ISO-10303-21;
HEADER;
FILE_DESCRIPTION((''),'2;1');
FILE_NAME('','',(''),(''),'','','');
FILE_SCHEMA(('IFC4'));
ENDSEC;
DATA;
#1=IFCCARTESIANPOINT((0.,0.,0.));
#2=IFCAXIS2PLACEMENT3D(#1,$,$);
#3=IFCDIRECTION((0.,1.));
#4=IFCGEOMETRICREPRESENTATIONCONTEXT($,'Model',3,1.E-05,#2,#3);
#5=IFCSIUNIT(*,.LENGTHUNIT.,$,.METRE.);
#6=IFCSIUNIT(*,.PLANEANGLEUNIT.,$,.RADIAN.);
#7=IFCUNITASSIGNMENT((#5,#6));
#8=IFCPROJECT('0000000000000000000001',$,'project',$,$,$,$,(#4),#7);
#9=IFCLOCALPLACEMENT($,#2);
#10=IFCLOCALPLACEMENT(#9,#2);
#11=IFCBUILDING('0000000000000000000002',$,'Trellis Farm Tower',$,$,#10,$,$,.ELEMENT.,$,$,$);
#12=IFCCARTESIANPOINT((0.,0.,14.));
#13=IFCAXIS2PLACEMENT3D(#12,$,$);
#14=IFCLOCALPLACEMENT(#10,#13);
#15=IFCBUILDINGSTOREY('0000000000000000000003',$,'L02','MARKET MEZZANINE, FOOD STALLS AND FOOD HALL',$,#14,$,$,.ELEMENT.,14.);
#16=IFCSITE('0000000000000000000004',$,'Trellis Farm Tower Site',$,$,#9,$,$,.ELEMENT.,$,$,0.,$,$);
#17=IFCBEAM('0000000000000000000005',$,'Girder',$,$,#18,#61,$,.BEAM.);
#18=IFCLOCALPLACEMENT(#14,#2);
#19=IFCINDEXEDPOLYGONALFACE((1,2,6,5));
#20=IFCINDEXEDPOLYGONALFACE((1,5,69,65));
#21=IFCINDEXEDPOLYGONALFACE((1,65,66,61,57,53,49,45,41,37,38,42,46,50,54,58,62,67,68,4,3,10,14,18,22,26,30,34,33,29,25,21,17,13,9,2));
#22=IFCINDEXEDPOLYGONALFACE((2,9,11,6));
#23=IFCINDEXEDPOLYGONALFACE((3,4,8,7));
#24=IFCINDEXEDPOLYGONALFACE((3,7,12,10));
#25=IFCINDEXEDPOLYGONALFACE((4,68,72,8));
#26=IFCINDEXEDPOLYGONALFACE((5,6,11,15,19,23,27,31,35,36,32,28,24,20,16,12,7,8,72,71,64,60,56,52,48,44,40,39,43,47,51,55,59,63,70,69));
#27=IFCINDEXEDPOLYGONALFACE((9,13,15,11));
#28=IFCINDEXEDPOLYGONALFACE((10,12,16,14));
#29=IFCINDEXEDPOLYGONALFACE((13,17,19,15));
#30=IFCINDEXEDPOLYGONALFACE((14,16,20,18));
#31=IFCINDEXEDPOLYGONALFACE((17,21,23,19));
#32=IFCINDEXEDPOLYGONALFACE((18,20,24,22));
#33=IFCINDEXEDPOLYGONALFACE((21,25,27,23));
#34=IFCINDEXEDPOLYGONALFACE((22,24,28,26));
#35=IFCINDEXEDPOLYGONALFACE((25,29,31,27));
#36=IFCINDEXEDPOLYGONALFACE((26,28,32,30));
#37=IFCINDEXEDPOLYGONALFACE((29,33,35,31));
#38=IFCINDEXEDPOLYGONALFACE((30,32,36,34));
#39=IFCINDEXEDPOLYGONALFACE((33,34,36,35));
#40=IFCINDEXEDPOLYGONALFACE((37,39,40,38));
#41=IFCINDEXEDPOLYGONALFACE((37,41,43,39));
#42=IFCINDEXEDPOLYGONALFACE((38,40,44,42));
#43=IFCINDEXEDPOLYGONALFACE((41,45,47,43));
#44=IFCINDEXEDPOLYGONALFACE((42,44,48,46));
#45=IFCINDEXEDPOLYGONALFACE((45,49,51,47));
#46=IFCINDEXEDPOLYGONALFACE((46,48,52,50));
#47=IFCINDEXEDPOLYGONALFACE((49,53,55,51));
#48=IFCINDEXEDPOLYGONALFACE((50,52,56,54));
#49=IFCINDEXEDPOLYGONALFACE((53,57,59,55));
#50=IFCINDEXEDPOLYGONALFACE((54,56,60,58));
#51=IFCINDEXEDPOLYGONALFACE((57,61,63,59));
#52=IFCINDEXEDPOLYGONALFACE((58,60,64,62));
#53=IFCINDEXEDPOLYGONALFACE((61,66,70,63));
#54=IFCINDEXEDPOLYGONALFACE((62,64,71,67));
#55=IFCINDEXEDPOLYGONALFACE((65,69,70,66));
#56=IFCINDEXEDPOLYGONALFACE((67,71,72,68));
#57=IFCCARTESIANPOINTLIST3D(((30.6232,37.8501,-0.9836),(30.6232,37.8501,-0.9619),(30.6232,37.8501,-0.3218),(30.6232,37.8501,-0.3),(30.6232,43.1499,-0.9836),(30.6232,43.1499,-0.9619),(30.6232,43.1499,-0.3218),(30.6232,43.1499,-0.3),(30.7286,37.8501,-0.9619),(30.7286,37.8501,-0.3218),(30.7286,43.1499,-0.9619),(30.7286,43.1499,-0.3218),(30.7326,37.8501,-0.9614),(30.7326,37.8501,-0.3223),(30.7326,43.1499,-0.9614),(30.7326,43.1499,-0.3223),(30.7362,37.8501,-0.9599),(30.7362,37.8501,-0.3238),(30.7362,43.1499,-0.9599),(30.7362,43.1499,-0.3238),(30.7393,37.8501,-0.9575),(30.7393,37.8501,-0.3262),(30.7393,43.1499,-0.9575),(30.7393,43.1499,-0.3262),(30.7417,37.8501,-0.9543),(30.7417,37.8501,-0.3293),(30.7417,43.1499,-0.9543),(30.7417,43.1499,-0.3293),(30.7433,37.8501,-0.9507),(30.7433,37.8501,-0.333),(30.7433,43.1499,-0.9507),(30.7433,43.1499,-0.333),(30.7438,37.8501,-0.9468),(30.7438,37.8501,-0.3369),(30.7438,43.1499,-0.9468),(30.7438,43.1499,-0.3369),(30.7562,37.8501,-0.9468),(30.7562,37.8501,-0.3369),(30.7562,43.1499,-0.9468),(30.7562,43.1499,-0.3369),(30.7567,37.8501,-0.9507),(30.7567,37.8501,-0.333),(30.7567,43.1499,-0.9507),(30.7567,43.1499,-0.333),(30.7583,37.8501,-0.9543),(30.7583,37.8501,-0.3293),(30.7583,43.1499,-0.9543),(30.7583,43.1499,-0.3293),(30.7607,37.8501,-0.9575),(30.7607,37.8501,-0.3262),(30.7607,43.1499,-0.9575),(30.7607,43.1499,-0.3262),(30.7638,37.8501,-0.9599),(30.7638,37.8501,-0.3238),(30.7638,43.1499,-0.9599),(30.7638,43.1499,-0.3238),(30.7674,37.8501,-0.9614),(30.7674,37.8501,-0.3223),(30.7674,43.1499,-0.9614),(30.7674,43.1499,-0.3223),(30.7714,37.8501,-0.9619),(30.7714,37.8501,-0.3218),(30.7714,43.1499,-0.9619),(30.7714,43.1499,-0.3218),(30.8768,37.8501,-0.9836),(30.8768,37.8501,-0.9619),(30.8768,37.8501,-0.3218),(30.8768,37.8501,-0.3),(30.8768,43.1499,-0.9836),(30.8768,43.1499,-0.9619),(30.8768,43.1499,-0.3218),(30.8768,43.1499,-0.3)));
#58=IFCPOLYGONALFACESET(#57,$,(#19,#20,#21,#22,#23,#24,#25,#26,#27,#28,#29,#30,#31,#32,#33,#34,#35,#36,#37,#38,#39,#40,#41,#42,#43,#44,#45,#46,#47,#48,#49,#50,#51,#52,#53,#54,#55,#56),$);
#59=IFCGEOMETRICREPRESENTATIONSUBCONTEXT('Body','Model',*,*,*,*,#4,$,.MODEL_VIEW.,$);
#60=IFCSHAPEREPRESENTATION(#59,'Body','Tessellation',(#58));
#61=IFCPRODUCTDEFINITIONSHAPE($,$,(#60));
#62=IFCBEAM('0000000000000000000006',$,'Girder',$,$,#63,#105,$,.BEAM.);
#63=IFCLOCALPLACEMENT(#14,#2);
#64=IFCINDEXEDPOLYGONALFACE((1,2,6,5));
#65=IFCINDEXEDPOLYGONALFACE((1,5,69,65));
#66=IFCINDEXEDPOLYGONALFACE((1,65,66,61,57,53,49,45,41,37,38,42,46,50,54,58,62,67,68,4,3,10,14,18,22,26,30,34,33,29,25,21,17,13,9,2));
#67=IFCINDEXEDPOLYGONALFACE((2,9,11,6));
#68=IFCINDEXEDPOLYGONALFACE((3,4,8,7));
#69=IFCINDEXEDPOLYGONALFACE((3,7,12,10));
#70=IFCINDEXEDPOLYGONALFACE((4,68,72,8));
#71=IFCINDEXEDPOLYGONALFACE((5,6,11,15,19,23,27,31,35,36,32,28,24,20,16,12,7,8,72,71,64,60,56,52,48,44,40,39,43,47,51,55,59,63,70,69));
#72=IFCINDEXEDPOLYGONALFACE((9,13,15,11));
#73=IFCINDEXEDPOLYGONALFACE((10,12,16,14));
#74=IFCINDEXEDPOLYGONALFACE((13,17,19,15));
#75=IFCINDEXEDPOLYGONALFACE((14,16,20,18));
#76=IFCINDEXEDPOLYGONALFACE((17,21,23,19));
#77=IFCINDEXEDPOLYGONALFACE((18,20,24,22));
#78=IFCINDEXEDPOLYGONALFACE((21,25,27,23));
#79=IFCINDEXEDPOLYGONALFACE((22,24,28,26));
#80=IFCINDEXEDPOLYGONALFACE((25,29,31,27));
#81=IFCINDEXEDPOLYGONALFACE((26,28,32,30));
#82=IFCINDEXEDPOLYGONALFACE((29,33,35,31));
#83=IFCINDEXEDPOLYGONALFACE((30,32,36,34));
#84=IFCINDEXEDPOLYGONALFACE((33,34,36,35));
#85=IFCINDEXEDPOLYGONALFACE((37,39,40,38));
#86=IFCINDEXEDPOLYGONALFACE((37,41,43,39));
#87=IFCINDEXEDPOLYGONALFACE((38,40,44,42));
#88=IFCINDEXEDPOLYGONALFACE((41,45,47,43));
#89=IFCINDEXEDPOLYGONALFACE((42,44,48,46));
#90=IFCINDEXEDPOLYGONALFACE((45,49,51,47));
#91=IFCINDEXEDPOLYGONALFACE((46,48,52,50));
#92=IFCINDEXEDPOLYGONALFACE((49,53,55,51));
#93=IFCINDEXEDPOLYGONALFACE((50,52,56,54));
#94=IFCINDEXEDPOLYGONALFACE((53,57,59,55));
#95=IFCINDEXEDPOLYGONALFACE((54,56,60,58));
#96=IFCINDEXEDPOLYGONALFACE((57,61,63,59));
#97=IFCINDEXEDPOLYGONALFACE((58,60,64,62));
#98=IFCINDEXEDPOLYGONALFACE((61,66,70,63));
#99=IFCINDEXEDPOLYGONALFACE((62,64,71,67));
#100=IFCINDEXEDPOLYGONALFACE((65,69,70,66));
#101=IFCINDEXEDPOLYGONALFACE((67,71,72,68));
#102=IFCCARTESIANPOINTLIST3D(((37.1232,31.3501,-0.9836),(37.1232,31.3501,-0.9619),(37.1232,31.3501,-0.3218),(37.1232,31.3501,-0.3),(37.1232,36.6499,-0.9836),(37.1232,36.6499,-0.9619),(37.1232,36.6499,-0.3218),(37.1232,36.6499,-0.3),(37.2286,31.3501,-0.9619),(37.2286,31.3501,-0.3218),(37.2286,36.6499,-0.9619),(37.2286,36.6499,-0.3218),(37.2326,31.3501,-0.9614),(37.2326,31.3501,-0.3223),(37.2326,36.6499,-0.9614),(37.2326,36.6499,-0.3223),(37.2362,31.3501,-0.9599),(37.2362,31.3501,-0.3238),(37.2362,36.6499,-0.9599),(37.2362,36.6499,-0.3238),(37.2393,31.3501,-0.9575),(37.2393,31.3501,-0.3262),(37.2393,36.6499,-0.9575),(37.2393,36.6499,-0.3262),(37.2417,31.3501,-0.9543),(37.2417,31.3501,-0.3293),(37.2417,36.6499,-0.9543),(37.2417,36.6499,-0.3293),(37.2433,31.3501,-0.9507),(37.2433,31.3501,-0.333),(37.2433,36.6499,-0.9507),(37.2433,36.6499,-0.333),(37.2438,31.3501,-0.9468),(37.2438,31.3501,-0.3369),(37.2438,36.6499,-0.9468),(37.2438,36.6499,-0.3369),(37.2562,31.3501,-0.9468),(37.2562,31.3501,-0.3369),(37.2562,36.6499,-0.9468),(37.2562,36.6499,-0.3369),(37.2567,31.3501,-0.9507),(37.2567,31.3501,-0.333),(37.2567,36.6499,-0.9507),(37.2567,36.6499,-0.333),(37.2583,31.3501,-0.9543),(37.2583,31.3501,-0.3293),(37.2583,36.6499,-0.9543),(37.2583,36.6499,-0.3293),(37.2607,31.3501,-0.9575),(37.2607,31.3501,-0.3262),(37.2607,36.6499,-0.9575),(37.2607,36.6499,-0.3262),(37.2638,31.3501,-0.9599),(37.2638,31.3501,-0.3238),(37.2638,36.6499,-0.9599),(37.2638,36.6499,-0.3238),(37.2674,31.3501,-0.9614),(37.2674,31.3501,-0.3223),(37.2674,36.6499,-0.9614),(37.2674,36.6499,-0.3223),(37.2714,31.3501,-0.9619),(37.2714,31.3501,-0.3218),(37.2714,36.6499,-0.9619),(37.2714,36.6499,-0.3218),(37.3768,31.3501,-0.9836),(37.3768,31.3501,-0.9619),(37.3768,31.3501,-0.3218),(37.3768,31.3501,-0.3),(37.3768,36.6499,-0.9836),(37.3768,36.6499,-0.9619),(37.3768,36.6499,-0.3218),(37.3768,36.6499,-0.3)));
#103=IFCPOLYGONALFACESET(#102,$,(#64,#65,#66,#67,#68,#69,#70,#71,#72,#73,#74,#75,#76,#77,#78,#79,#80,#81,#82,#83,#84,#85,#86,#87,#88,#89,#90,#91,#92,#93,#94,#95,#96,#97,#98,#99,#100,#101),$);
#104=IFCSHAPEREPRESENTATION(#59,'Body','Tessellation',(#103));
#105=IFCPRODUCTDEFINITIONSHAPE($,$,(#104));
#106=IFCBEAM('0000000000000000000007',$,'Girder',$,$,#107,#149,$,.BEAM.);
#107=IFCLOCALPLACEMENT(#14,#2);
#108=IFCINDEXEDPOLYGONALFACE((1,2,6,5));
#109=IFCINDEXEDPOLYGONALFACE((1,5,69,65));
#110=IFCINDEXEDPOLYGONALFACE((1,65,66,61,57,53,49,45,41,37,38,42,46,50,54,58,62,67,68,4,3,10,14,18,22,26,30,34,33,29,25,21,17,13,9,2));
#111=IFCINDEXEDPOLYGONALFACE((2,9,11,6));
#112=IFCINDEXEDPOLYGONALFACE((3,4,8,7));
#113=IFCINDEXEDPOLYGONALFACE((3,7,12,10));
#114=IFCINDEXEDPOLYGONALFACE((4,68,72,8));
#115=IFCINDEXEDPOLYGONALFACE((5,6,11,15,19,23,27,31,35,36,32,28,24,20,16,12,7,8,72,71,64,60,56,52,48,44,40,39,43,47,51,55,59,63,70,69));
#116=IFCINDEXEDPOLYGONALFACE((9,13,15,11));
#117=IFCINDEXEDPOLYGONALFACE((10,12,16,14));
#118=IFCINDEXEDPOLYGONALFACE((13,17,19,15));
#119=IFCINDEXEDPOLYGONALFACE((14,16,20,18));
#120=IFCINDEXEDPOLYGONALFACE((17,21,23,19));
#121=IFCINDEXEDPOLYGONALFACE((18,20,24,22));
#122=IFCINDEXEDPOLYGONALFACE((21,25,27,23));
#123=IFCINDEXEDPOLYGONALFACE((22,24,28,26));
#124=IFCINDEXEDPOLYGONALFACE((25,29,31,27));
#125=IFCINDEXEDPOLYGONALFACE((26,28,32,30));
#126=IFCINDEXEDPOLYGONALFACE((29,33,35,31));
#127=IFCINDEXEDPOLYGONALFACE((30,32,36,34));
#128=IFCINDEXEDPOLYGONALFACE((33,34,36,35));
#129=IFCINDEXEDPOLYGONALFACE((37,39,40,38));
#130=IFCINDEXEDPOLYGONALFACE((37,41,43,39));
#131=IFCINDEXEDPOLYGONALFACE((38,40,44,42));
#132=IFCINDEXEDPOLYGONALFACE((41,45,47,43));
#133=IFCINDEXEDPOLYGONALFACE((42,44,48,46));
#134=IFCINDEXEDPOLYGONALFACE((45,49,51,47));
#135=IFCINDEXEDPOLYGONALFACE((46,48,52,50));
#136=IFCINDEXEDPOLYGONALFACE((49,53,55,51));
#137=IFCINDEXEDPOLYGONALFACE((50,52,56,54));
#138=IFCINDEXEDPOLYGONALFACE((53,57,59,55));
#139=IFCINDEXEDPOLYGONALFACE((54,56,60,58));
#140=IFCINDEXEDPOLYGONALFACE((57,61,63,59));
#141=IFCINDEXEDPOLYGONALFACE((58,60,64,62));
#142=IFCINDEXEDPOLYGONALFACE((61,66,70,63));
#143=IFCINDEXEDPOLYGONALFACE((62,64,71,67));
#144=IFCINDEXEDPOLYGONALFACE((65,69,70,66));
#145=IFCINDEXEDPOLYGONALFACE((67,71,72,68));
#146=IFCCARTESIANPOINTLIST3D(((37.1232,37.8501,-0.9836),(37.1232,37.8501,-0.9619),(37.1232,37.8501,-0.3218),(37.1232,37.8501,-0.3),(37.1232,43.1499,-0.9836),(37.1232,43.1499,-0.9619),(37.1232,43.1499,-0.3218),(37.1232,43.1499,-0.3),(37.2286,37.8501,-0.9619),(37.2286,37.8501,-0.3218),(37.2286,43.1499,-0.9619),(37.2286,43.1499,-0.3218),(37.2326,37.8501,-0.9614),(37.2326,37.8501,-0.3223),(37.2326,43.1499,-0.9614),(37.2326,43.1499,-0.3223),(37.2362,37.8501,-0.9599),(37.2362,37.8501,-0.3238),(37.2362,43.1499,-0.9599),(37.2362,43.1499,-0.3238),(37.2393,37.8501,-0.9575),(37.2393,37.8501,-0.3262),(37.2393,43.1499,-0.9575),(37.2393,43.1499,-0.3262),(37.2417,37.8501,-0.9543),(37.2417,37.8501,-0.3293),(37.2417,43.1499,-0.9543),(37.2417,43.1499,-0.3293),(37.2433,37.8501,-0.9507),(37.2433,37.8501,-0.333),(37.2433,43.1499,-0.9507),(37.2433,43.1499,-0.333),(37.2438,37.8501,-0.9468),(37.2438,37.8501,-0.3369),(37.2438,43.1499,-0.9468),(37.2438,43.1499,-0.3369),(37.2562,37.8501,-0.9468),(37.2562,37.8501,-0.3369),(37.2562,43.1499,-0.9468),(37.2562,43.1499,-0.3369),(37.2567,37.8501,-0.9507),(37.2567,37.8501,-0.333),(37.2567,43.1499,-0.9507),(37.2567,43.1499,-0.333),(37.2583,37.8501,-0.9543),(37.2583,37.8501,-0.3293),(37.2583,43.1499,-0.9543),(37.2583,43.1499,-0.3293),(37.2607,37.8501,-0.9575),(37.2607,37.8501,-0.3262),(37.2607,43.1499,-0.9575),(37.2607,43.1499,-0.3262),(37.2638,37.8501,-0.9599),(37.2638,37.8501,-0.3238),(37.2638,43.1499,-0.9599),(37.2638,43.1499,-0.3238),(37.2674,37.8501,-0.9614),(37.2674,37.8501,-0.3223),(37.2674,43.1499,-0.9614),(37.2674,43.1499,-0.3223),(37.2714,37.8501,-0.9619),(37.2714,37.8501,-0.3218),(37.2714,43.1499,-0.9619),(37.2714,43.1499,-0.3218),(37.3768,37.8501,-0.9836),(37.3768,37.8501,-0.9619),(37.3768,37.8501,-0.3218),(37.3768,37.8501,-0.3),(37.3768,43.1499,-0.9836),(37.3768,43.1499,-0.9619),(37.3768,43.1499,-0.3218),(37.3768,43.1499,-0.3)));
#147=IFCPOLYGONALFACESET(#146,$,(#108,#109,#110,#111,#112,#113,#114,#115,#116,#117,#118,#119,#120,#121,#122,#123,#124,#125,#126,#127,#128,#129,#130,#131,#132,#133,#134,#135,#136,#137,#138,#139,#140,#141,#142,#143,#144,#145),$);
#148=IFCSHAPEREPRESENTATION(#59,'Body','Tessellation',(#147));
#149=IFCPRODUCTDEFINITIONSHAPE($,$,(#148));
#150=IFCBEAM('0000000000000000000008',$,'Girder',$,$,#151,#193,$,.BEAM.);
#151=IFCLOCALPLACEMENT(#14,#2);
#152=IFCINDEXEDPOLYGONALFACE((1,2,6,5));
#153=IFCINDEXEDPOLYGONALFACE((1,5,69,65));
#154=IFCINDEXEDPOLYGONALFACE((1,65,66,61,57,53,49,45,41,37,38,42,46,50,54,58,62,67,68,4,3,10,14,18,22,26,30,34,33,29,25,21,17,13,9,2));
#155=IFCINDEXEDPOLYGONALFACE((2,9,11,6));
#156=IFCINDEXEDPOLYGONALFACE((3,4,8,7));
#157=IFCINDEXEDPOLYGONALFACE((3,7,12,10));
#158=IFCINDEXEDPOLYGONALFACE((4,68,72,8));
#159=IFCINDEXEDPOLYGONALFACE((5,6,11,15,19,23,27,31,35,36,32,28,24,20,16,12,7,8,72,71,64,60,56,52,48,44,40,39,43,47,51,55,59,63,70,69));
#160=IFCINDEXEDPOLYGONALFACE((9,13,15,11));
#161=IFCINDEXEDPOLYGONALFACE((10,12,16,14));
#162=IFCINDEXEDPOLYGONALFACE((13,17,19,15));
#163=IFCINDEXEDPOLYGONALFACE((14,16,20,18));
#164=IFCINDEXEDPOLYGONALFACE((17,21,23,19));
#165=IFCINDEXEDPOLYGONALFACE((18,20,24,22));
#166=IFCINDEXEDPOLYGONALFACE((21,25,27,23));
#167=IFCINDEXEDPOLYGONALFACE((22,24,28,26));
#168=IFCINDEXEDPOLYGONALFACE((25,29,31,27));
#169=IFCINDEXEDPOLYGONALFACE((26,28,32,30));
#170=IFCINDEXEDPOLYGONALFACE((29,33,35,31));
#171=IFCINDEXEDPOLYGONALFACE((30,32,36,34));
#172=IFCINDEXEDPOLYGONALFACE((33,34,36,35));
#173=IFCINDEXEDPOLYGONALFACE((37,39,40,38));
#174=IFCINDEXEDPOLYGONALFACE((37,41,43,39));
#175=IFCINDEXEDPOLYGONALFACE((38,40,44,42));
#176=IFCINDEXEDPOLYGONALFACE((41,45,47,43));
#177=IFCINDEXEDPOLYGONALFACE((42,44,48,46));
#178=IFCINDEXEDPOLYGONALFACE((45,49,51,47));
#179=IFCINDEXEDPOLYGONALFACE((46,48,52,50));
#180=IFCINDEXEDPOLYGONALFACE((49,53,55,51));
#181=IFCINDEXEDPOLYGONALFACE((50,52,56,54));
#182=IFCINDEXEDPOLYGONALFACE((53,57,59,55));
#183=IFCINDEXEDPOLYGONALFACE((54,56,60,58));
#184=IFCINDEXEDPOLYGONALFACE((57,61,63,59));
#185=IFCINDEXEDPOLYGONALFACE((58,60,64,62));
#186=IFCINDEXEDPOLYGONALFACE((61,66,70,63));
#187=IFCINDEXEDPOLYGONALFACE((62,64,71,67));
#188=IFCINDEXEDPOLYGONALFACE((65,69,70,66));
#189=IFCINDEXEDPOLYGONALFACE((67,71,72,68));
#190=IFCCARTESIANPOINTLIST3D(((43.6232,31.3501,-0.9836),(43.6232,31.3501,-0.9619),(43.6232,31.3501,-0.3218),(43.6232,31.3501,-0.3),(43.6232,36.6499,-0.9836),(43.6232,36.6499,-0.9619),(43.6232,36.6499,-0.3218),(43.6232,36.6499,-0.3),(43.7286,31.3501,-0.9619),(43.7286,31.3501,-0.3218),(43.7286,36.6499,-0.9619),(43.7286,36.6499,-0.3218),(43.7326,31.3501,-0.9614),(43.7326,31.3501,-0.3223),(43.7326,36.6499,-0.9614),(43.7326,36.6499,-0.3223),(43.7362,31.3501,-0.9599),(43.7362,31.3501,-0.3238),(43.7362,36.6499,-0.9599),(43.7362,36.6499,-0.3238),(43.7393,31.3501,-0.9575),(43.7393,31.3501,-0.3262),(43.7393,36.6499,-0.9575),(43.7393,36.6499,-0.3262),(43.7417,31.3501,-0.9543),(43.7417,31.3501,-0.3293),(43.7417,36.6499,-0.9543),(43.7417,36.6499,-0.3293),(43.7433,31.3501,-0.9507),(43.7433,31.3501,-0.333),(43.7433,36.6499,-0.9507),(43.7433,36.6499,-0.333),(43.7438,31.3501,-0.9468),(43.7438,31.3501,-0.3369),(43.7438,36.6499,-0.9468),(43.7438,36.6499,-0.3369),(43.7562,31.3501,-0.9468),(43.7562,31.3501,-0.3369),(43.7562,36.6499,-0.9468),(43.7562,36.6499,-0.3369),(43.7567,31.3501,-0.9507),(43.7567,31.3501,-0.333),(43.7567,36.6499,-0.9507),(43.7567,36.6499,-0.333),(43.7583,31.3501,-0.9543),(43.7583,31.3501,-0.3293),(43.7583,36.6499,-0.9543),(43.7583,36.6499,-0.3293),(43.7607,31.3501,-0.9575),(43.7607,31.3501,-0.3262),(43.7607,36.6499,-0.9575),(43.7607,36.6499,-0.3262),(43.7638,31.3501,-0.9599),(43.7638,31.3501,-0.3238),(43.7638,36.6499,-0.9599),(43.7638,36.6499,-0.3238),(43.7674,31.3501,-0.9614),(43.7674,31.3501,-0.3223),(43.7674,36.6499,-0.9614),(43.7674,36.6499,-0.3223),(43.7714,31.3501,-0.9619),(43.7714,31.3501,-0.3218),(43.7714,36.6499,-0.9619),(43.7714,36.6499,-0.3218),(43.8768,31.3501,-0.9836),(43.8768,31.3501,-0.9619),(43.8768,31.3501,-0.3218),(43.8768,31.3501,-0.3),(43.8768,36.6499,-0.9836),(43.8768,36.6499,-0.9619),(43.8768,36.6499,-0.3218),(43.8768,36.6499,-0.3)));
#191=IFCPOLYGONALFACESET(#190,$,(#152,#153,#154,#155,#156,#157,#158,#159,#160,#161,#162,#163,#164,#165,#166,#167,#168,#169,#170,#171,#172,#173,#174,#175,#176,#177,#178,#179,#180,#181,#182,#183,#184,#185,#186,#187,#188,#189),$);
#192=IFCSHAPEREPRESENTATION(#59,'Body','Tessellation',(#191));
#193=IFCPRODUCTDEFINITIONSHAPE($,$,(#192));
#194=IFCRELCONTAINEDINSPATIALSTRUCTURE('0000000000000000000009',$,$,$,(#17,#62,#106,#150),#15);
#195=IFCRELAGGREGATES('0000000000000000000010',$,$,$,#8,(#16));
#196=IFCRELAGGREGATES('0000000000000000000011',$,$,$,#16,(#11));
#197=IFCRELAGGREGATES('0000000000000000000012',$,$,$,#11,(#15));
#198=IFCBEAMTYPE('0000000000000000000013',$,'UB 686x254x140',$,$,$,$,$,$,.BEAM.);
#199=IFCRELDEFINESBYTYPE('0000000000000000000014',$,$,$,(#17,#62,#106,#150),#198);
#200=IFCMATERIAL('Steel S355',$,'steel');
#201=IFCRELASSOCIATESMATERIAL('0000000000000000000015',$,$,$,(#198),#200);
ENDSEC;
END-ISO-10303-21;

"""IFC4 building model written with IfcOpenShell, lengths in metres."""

from ifc_helpers import new_model, si_unit, direction, frame, origin, origin_2d, place, context, subcontext, project, spatial, i_section, extrude, source, transform, mapped, material, material_profile, profile_set, type_object, element, save


model = new_model("IFC4")

# Units and contexts
model_context = context("Model", 3, precision=1e-05, world=origin(), true_north=direction((0.0, 1.0)))
body_context = subcontext(model_context, "Body", "Model", "MODEL_VIEW")
ifc_project = project(units=[si_unit("LENGTHUNIT", "METRE"), si_unit("PLANEANGLEUNIT", "RADIAN")], contexts=[model_context])

# Site, building, storey
site_placement = place(None, origin())
site = spatial("IfcSite", under=ifc_project, at=site_placement, Name="Trellis Farm Tower Site", CompositionType="ELEMENT", RefElevation=0.0)
building_placement = place(site_placement, origin())
building = spatial("IfcBuilding", under=site, at=building_placement, Name="Trellis Farm Tower", CompositionType="ELEMENT")
storey_placement = place(building_placement, frame((0.0, 0.0, 14.0)))
storey = spatial("IfcBuildingStorey", under=building, at=storey_placement, Name="L02", Description="MARKET MEZZANINE, FOOD STALLS AND FOOD HALL", CompositionType="ELEMENT", Elevation=14.0)

# Beams
ifc_material_1 = material(Name="Steel S355", Category="steel")
ifc_material_profile_1 = material_profile(ifc_material_1, i_section(OverallWidth=0.2537, OverallDepth=0.6836, WebThickness=0.0125, FlangeThickness=0.0217, FilletRadius=0.0151, at=origin_2d()), Name="UB 686x254x140")
ifc_profile_set_1 = profile_set([ifc_material_profile_1], Name="Steel S355")
beam_type_1 = type_object("IfcBeamType", Name="UB 686x254x140", PredefinedType="BEAM", material=ifc_profile_set_1)
shared_shape_1 = source(origin(), body_context, "Body", "SweptSolid", [
    extrude(i_section(OverallWidth=0.2537, OverallDepth=0.6836, WebThickness=0.0125, FlangeThickness=0.0217, FilletRadius=0.0151, at=origin_2d()), origin(), (0.0, 0.0, 1.0), 5.2998),
])
for number, where, z_axis, x_axis, name in (
    (1, (30.75, 37.8501, -0.6418), (0.0, 1.0, 0.0), (-1.0, 0.0, 0.0), "Girder"),
    (2, (37.25, 31.3501, -0.6418), (0.0, 1.0, 0.0), (-1.0, 0.0, 0.0), "Girder"),
    (3, (37.25, 37.8501, -0.6418), (0.0, 1.0, 0.0), (-1.0, 0.0, 0.0), "Girder"),
    (4, (43.75, 31.3501, -0.6418), (0.0, 1.0, 0.0), (-1.0, 0.0, 0.0), "Girder"),
):
    element("IfcBeam", number, at=place(storey_placement, frame(where, z_axis=z_axis, x_axis=x_axis)), inside=storey, type_object=beam_type_1, Name=name, PredefinedType="BEAM", context=body_context, shape_type="MappedRepresentation", body=[
        mapped(shared_shape_1, transform((0.0, 0.0, 0.0))),
    ])

save(model, "model.ifc")
